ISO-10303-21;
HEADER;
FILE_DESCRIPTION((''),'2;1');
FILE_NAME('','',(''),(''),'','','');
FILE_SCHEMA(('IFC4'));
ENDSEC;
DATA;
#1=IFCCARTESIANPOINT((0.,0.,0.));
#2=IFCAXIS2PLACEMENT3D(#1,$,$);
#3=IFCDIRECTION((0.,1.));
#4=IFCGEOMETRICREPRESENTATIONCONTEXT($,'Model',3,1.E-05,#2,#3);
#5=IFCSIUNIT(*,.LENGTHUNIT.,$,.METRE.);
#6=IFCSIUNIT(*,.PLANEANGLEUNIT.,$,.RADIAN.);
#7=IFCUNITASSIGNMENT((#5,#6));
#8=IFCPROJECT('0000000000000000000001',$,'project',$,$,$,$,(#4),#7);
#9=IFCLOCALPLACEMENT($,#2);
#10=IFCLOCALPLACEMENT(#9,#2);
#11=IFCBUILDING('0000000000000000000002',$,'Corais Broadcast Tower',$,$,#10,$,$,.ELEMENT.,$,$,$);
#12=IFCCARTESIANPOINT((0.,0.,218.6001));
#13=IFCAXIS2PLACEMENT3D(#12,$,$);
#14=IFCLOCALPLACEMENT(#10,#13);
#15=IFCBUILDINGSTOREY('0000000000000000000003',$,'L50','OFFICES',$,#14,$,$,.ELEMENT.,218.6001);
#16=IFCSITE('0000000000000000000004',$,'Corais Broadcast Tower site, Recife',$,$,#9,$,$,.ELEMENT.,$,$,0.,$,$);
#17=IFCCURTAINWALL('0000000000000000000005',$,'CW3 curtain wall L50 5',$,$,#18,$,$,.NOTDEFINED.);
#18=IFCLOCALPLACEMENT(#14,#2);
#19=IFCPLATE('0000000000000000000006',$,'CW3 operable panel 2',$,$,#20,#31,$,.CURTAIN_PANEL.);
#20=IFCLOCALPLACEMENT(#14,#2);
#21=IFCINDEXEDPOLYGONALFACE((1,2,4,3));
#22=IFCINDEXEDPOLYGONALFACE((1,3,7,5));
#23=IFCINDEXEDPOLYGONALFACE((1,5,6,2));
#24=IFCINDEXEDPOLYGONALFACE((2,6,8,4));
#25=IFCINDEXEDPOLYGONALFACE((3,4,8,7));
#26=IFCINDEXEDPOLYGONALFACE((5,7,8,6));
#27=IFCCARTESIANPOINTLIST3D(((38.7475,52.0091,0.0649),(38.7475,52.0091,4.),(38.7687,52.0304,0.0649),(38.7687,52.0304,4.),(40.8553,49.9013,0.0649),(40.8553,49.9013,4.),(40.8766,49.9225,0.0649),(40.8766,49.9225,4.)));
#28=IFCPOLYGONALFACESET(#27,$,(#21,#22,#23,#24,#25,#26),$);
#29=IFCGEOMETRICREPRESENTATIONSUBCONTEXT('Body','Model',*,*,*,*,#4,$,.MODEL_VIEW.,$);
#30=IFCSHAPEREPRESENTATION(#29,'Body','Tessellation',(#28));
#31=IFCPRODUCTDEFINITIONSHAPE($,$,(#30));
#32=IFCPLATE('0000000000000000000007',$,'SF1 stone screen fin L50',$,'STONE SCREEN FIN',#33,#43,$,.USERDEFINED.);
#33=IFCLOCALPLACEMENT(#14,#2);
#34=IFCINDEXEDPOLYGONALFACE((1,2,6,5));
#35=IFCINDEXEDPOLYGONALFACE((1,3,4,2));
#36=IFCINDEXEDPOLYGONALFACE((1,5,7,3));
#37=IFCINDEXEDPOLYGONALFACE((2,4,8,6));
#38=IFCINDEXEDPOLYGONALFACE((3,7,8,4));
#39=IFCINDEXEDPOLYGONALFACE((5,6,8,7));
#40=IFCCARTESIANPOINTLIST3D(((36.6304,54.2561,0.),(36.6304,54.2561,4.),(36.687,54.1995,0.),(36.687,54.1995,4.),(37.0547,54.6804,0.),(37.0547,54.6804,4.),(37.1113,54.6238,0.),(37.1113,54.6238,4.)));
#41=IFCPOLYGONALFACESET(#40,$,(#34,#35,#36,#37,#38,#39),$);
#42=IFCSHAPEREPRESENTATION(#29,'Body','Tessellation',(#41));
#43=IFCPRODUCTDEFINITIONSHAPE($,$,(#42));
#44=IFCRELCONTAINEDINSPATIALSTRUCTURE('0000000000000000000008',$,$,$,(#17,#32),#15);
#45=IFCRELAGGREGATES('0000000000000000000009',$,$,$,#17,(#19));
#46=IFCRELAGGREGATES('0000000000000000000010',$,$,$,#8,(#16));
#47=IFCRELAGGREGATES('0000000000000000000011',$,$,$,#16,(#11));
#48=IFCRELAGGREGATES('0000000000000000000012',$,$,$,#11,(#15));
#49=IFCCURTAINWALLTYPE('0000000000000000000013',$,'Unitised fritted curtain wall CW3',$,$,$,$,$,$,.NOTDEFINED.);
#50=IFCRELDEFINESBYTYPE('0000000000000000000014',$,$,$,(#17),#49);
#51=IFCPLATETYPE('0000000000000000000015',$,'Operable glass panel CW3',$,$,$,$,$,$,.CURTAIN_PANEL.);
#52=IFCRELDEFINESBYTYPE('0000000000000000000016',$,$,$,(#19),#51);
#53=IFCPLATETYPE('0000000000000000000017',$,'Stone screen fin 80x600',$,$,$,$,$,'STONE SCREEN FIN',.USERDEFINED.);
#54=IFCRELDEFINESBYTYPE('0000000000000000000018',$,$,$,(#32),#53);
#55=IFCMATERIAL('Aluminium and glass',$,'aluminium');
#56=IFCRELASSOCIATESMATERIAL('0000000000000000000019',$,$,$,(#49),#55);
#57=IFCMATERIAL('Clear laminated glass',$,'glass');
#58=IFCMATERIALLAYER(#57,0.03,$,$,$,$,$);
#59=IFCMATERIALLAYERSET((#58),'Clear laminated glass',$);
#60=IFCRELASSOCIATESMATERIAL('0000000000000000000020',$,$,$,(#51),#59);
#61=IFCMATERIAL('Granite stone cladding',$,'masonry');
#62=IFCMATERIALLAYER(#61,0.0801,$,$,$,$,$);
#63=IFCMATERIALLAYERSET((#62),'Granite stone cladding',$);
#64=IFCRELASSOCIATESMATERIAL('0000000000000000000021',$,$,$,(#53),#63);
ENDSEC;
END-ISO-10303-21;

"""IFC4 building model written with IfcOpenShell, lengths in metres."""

from ifc_helpers import new_model, si_unit, direction, frame, origin, origin_2d, place, context, subcontext, project, spatial, rectangle, extrude, material, layer, layer_set, type_object, element, aggregate, save


model = new_model("IFC4")

# Units and contexts
model_context = context("Model", 3, precision=1e-05, world=origin(), true_north=direction((0.0, 1.0)))
body_context = subcontext(model_context, "Body", "Model", "MODEL_VIEW")
ifc_project = project(units=[si_unit("LENGTHUNIT", "METRE"), si_unit("PLANEANGLEUNIT", "RADIAN")], contexts=[model_context])

# Site, building, storey
site_placement = place(None, origin())
site = spatial("IfcSite", under=ifc_project, at=site_placement, Name="Corais Broadcast Tower site, Recife", CompositionType="ELEMENT", RefElevation=0.0)
building_placement = place(site_placement, origin())
building = spatial("IfcBuilding", under=site, at=building_placement, Name="Corais Broadcast Tower", CompositionType="ELEMENT")
storey_placement = place(building_placement, frame((0.0, 0.0, 218.6001)))
storey = spatial("IfcBuildingStorey", under=building, at=storey_placement, Name="L50", Description="OFFICES", CompositionType="ELEMENT", Elevation=218.6001)

# Curtain wall
ifc_material_1 = material(Name="Aluminium and glass", Category="aluminium")
curtain_wall_type = type_object("IfcCurtainWallType", Name="Unitised fritted curtain wall CW3", PredefinedType="NOTDEFINED", material=ifc_material_1)
curtain_wall_1_placement = place(storey_placement, origin())
curtain_wall_1 = element("IfcCurtainWall", 1, at=curtain_wall_1_placement, inside=storey, type_object=curtain_wall_type, Name="CW3 curtain wall L50 5", PredefinedType="NOTDEFINED")

# Plates
ifc_material_2 = material(Name="Clear laminated glass", Category="glass")
ifc_layer_1 = layer(ifc_material_2, 0.03)
ifc_layer_set_1 = layer_set([ifc_layer_1], Name="Clear laminated glass")
plate_type_1 = type_object("IfcPlateType", Name="Operable glass panel CW3", PredefinedType="CURTAIN_PANEL", material=ifc_layer_set_1)
plate_1_placement = place(storey_placement, frame((39.812, 50.9658, 0.0649), z_axis=(0.0, 0.0, 1.0), x_axis=(0.707107, -0.707107, 0.0)))
plate_1 = element("IfcPlate", 2, at=plate_1_placement, type_object=plate_type_1, Name="CW3 operable panel 2", PredefinedType="CURTAIN_PANEL", context=body_context, shape_type="SweptSolid", body=[
    extrude(rectangle(XDim=2.981, YDim=0.03, at=origin_2d()), origin(), (0.0, 0.0, 1.0), 3.9351),
])
aggregate(curtain_wall_1, [plate_1])
ifc_material_3 = material(Name="Granite stone cladding", Category="masonry")
ifc_layer_2 = layer(ifc_material_3, 0.0801)
ifc_layer_set_2 = layer_set([ifc_layer_2], Name="Granite stone cladding")
plate_type_2 = type_object("IfcPlateType", Name="Stone screen fin 80x600", ElementType="STONE SCREEN FIN", PredefinedType="USERDEFINED", material=ifc_layer_set_2)
plate_2_placement = place(storey_placement, frame((36.8708, 54.4399, 0.0), z_axis=(0.0, 0.0, 1.0), x_axis=(0.707107, -0.707107, 0.0)))
element("IfcPlate", 3, at=plate_2_placement, inside=storey, type_object=plate_type_2, Name="SF1 stone screen fin L50", ObjectType="STONE SCREEN FIN", PredefinedType="USERDEFINED", context=body_context, shape_type="SweptSolid", body=[
    extrude(rectangle(XDim=0.0801, YDim=0.6001, at=origin_2d()), origin(), (0.0, 0.0, 1.0), 4.0),
])

save(model, "model.ifc")
